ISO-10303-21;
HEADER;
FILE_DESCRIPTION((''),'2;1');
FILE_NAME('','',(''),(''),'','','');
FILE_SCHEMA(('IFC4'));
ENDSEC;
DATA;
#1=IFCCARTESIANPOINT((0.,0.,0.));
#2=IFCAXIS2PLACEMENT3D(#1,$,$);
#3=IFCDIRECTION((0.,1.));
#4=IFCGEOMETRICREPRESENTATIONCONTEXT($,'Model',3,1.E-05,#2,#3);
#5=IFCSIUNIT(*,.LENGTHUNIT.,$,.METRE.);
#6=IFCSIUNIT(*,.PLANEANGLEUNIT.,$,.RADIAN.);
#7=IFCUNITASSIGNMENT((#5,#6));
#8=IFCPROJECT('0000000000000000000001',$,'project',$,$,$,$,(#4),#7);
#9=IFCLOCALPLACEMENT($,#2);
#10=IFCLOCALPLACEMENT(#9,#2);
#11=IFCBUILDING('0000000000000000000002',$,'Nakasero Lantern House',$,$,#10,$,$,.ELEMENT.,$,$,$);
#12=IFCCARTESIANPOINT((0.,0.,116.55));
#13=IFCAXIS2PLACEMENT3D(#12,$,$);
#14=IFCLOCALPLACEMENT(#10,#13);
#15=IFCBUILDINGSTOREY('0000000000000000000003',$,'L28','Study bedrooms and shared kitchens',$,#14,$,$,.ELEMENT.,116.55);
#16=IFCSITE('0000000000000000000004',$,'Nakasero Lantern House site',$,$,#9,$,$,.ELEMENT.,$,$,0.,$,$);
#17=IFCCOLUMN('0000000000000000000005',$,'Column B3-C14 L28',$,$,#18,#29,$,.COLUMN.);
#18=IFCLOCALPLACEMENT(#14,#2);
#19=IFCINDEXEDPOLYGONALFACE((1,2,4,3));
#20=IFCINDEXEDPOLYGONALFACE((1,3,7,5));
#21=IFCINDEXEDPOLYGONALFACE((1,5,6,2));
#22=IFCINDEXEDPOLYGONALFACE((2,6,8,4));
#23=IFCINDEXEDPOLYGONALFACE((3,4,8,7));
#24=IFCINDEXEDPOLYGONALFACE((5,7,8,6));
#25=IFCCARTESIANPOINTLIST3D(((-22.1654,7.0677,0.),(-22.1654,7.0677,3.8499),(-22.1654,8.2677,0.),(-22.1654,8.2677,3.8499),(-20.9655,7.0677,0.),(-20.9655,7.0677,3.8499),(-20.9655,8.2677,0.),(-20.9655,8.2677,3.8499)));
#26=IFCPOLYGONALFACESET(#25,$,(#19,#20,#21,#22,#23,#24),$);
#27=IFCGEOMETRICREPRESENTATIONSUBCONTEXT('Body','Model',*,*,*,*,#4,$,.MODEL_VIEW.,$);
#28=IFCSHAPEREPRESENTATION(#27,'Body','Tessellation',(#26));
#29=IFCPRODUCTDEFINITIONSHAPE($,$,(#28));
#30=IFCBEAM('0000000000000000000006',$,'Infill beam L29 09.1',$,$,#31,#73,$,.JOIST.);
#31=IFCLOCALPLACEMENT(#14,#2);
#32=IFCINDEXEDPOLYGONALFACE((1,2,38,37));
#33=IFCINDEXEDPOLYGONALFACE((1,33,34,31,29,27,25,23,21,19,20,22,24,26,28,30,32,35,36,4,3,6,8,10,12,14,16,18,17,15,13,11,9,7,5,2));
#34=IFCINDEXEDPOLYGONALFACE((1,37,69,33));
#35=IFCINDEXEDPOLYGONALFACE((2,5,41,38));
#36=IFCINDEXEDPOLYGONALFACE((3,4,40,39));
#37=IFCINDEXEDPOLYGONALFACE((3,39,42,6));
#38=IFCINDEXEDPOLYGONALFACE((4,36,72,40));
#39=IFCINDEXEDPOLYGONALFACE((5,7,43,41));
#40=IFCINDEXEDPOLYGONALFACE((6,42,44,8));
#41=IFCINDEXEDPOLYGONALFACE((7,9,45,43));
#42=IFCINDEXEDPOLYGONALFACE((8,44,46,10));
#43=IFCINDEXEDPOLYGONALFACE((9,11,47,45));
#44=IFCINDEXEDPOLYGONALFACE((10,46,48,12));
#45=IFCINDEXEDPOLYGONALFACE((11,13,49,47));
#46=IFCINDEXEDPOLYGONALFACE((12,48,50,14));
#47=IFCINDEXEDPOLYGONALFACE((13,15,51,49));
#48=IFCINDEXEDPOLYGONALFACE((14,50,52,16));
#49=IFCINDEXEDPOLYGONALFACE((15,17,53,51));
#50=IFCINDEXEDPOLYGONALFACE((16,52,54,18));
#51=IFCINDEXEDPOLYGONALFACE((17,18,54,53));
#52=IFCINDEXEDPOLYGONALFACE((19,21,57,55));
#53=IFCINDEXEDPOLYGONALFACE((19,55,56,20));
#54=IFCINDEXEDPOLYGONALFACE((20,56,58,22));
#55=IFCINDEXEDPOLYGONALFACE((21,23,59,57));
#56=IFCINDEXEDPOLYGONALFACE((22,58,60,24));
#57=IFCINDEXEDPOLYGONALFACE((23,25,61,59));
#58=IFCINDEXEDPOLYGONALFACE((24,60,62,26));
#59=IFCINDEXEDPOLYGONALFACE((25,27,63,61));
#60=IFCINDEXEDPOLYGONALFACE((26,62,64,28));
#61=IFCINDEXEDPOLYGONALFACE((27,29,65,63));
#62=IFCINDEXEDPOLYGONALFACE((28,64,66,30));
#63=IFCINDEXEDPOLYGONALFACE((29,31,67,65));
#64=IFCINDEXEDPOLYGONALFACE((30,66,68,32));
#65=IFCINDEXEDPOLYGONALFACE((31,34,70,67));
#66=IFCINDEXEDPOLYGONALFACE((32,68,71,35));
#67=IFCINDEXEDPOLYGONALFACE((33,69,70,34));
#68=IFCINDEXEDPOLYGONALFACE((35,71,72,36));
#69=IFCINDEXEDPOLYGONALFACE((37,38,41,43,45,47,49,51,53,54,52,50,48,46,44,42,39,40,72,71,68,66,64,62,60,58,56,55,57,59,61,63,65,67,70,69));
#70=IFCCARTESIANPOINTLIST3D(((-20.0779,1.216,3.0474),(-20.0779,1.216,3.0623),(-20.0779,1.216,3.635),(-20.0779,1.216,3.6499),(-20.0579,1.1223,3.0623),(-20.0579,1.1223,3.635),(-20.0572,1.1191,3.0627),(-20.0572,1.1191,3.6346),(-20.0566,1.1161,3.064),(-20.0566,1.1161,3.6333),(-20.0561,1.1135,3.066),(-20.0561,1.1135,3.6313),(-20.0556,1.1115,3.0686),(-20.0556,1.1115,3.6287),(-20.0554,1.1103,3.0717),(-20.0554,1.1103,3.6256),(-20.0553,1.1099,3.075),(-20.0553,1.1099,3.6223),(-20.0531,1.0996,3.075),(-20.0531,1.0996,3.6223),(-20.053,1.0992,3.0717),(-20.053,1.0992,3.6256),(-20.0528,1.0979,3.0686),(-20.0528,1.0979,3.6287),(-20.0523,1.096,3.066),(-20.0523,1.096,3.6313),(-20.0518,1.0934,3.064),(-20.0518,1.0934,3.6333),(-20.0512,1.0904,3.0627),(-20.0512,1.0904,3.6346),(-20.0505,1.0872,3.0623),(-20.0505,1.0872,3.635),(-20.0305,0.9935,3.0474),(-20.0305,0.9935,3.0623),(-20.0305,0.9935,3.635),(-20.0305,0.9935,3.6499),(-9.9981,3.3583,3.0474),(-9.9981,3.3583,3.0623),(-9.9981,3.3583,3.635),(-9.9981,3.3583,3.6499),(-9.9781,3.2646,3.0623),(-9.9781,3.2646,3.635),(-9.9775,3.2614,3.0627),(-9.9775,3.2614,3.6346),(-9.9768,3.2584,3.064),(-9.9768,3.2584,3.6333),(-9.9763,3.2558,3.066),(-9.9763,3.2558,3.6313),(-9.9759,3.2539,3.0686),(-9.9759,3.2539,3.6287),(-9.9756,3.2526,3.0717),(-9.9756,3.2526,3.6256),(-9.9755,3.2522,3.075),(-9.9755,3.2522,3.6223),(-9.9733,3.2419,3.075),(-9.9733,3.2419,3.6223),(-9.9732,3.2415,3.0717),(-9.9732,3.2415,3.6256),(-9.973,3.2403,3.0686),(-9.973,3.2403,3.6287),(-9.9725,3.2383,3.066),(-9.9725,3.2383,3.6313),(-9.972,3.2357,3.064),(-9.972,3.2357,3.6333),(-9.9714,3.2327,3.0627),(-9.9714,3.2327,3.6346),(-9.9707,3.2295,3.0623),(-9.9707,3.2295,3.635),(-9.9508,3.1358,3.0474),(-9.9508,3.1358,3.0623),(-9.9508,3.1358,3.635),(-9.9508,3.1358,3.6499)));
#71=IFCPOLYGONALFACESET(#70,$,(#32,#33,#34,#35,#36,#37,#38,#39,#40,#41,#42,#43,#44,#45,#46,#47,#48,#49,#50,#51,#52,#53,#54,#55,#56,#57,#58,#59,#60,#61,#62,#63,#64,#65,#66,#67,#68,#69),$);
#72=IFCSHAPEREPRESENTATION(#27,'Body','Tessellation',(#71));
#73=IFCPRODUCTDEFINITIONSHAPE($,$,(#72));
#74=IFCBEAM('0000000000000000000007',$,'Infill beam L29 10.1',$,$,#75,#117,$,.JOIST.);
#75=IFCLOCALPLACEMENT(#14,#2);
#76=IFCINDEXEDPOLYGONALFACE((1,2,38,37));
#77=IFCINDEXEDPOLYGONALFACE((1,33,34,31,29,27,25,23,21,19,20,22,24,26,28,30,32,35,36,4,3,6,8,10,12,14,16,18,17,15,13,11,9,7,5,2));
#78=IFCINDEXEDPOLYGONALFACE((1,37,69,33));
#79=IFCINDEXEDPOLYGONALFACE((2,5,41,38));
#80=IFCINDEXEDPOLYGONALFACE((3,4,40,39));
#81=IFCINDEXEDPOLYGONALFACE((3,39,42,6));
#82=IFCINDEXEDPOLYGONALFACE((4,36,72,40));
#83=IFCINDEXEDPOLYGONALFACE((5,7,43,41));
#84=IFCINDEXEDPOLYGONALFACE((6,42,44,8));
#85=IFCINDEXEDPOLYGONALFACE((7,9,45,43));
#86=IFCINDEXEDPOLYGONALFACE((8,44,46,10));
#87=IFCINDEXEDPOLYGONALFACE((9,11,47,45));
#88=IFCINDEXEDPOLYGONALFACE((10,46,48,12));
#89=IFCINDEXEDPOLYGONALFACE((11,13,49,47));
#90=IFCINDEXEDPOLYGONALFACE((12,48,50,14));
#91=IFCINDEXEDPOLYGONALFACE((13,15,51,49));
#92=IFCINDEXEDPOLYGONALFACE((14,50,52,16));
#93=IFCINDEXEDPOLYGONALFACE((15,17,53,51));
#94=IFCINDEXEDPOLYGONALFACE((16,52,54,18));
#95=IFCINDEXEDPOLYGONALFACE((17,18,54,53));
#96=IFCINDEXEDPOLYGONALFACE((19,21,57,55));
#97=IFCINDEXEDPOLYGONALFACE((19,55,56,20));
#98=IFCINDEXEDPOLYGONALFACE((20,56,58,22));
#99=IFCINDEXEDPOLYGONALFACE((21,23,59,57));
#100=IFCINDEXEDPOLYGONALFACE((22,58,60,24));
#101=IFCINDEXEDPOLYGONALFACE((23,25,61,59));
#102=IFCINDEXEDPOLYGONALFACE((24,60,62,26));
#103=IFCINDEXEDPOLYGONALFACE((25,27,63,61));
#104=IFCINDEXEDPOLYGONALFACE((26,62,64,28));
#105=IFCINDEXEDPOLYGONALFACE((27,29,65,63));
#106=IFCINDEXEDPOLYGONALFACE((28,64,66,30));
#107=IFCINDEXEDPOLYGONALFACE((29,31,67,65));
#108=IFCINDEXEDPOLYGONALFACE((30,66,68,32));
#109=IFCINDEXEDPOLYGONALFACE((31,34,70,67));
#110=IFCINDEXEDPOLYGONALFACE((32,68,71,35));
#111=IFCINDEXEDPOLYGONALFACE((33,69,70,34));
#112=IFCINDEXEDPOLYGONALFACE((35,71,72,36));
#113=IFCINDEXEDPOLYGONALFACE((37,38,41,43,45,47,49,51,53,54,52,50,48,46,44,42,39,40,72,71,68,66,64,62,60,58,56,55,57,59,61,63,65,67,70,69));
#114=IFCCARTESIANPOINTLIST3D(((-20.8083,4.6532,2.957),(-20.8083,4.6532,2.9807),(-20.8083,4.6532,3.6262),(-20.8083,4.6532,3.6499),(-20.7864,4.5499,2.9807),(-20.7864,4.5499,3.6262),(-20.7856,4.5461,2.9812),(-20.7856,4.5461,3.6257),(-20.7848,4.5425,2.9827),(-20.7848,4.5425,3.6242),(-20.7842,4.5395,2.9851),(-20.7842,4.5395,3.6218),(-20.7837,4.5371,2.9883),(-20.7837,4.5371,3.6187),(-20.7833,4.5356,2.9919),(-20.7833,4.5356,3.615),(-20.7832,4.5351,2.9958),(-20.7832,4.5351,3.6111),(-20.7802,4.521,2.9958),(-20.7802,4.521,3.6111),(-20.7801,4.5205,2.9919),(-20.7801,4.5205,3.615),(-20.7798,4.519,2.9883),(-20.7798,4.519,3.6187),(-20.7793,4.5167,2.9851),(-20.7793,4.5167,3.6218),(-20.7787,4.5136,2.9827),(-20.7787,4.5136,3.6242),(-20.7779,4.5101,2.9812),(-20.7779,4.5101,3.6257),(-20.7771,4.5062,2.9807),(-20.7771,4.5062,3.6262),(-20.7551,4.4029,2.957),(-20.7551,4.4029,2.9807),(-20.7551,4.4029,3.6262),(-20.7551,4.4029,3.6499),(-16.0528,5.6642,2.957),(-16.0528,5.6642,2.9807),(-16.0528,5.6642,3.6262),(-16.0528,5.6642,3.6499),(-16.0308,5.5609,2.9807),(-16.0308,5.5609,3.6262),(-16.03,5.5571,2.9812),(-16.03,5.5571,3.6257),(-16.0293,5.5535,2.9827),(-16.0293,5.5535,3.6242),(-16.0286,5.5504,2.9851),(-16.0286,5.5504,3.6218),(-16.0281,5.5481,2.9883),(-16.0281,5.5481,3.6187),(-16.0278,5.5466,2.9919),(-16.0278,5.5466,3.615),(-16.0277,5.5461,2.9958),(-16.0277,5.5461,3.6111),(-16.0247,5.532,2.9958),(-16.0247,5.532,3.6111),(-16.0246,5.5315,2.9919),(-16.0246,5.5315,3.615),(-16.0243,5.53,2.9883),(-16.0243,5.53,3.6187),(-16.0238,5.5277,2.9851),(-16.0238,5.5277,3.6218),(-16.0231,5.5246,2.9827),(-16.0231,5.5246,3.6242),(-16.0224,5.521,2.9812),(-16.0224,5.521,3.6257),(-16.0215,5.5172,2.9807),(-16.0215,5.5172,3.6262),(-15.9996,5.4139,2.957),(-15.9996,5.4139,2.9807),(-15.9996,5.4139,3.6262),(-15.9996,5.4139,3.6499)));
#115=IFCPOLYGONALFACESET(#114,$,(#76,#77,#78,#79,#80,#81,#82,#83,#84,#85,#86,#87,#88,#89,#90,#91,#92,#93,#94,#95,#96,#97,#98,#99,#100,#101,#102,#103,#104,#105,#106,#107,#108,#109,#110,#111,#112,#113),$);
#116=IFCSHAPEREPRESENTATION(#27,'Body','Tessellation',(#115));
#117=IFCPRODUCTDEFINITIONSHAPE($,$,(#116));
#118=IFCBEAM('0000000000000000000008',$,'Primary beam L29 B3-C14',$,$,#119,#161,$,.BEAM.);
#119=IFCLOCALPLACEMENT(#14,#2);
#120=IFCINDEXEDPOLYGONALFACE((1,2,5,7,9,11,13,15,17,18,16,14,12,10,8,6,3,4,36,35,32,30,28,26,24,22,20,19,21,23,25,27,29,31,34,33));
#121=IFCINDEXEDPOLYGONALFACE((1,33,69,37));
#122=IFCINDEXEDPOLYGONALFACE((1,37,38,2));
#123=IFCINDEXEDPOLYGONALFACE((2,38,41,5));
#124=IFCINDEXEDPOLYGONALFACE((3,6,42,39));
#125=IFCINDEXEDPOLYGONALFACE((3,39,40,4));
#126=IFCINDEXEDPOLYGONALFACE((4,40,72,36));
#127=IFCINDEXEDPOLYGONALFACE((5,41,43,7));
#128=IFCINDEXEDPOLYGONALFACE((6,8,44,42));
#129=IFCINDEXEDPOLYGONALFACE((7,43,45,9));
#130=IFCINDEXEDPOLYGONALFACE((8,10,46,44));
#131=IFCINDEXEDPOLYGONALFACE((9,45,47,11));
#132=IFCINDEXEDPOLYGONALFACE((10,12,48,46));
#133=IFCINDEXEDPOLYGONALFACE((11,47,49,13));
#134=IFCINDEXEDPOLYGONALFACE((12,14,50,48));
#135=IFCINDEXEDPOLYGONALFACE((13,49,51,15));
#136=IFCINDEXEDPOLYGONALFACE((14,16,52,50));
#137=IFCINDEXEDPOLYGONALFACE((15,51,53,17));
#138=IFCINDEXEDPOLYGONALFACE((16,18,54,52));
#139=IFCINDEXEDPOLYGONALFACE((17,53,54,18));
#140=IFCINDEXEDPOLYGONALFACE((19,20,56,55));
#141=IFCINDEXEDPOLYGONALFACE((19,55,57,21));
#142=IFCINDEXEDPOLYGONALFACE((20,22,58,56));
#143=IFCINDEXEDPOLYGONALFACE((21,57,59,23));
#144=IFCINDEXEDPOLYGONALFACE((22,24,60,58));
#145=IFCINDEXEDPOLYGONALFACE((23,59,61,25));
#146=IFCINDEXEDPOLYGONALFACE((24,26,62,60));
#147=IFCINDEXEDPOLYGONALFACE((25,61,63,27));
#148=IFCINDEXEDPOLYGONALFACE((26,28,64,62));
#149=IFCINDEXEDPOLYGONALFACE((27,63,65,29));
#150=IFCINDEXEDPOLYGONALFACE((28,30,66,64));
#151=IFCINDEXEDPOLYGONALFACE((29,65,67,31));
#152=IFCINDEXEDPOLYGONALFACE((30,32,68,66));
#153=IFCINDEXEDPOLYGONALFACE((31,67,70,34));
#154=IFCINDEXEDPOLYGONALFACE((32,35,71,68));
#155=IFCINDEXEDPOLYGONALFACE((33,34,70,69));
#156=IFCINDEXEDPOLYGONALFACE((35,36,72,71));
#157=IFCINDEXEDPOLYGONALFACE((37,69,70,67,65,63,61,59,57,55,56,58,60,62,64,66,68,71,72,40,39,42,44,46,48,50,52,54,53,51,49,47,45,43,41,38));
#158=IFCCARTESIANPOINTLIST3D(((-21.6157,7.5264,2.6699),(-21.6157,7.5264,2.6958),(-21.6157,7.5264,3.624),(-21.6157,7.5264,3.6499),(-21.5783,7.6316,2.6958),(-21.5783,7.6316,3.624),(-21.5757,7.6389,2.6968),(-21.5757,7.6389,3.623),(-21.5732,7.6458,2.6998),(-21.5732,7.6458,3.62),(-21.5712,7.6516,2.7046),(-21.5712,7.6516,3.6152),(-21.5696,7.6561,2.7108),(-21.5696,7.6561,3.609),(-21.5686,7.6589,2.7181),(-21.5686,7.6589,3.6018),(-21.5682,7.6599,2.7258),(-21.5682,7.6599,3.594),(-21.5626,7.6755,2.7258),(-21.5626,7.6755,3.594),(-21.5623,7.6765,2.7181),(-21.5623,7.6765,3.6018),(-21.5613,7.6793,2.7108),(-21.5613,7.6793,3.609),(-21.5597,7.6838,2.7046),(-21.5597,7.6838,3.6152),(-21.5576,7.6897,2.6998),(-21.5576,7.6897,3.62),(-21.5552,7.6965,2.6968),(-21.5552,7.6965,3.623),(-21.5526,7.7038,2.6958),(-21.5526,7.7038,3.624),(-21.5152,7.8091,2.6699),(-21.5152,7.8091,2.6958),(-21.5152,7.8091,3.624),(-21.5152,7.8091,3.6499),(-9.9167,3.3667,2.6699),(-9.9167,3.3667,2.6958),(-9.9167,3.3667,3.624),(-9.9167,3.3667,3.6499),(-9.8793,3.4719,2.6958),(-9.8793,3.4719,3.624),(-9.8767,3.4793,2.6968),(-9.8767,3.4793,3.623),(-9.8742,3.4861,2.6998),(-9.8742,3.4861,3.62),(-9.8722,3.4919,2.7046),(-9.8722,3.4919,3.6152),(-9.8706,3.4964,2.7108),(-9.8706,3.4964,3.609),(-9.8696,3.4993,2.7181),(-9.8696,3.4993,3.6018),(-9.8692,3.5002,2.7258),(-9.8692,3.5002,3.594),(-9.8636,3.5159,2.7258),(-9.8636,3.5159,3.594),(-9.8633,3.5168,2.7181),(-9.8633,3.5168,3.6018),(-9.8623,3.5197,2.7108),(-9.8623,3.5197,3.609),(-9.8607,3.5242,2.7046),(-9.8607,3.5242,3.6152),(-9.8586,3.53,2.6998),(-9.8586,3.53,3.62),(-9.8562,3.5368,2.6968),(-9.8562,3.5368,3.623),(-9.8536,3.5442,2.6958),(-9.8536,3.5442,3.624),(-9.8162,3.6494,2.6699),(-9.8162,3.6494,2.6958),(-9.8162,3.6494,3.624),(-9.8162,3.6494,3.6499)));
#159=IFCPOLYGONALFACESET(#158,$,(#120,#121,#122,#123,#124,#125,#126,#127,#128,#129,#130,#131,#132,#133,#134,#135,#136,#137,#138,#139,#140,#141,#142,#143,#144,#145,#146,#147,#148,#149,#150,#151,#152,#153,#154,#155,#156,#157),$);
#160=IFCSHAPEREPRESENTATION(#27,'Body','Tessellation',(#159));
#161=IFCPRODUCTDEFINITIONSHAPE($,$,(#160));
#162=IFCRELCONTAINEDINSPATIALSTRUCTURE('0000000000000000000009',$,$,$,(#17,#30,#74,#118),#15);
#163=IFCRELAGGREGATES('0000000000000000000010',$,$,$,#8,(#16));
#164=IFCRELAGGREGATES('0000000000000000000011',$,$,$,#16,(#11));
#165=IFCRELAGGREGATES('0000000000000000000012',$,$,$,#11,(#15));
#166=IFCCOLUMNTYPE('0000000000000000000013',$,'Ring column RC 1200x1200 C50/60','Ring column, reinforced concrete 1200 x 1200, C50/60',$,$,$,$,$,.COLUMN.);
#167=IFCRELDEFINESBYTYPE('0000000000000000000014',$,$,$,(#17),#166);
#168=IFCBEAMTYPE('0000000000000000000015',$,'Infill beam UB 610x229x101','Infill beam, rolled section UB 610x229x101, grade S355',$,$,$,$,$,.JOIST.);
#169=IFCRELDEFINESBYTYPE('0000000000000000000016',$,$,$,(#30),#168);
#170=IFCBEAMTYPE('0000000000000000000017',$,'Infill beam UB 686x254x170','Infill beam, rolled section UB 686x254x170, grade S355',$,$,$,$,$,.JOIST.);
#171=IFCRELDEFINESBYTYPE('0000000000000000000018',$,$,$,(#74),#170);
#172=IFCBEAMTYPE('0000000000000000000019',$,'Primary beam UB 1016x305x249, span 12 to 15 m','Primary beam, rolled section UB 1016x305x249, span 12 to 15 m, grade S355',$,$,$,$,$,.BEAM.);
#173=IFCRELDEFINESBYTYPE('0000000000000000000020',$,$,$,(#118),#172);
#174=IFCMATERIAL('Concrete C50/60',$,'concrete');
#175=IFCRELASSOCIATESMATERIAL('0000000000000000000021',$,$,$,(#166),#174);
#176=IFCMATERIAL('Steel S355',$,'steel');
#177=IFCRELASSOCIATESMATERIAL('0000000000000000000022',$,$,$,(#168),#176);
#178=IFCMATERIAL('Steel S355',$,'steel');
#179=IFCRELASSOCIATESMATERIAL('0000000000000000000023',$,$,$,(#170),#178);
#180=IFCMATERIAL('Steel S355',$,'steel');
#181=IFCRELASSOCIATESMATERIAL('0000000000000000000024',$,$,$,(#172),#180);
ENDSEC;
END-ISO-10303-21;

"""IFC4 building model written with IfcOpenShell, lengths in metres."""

from ifc_helpers import new_model, si_unit, direction, frame, origin, origin_2d, place, context, subcontext, project, spatial, rectangle, i_section, extrude, material, material_profile, profile_set, type_object, element, save


model = new_model("IFC4")

# Units and contexts
model_context = context("Model", 3, precision=1e-05, world=origin(), true_north=direction((0.0, 1.0)))
body_context = subcontext(model_context, "Body", "Model", "MODEL_VIEW")
ifc_project = project(units=[si_unit("LENGTHUNIT", "METRE"), si_unit("PLANEANGLEUNIT", "RADIAN")], contexts=[model_context])

# Site, building, storey
site_placement = place(None, origin())
site = spatial("IfcSite", under=ifc_project, at=site_placement, Name="Nakasero Lantern House site", CompositionType="ELEMENT", RefElevation=0.0)
building_placement = place(site_placement, origin())
building = spatial("IfcBuilding", under=site, at=building_placement, Name="Nakasero Lantern House", CompositionType="ELEMENT")
storey_placement = place(building_placement, frame((0.0, 0.0, 116.55)))
storey = spatial("IfcBuildingStorey", under=building, at=storey_placement, Name="L28", Description="Study bedrooms and shared kitchens", CompositionType="ELEMENT", Elevation=116.55)

# Column
ifc_material_1 = material(Name="Concrete C50/60", Category="concrete")
ifc_material_profile_1 = material_profile(ifc_material_1, rectangle(XDim=1.2, YDim=1.2, at=origin_2d()), Name="RC 1200x1200")
ifc_profile_set_1 = profile_set([ifc_material_profile_1], Name="Concrete C50/60")
column_type = type_object("IfcColumnType", Name="Ring column RC 1200x1200 C50/60", Description="Ring column, reinforced concrete 1200 x 1200, C50/60", PredefinedType="COLUMN", material=ifc_profile_set_1)
column_placement = place(storey_placement, frame((-21.5654, 7.6677, 0.0), z_axis=(0.0, 0.0, 1.0), x_axis=(1.0, 0.0, 0.0)))
element("IfcColumn", 1, at=column_placement, inside=storey, type_object=column_type, Name="Column B3-C14 L28", PredefinedType="COLUMN", context=body_context, shape_type="SweptSolid", body=[
    extrude(rectangle(XDim=1.2, YDim=1.2, at=origin_2d()), origin(), (0.0, 0.0, 1.0), 3.8499),
])

# Beams
ifc_material_2 = material(Name="Steel S355", Category="steel")
ifc_material_profile_2 = material_profile(ifc_material_2, i_section(OverallWidth=0.2275, OverallDepth=0.6025, WebThickness=0.0105, FlangeThickness=0.0149, FilletRadius=0.0127, at=origin_2d()), Name="UB 610x229x101")
ifc_profile_set_2 = profile_set([ifc_material_profile_2], Name="Steel S355")
beam_type_1 = type_object("IfcBeamType", Name="Infill beam UB 610x229x101", Description="Infill beam, rolled section UB 610x229x101, grade S355", PredefinedType="JOIST", material=ifc_profile_set_2)
beam_1_placement = place(storey_placement, frame((-20.0542, 1.1047, 3.3486), z_axis=(0.978152, 0.207893, 0.0), x_axis=(-0.207893, 0.978152, 0.0)))
element("IfcBeam", 2, at=beam_1_placement, inside=storey, type_object=beam_type_1, Name="Infill beam L29 09.1", PredefinedType="JOIST", context=body_context, shape_type="SweptSolid", body=[
    extrude(i_section(OverallWidth=0.2275, OverallDepth=0.6025, WebThickness=0.0105, FlangeThickness=0.0149, FilletRadius=0.0127, at=origin_2d()), origin(), (0.0, 0.0, 1.0), 10.3049),
])
ifc_material_3 = material(Name="Steel S355", Category="steel")
ifc_material_profile_3 = material_profile(ifc_material_3, i_section(OverallWidth=0.2559, OverallDepth=0.6929, WebThickness=0.0144, FlangeThickness=0.0237, FilletRadius=0.0151, at=origin_2d()), Name="UB 686x254x170")
ifc_profile_set_3 = profile_set([ifc_material_profile_3], Name="Steel S355")
beam_type_2 = type_object("IfcBeamType", Name="Infill beam UB 686x254x170", Description="Infill beam, rolled section UB 686x254x170, grade S355", PredefinedType="JOIST", material=ifc_profile_set_3)
beam_2_placement = place(storey_placement, frame((-20.7817, 4.5281, 3.3035), z_axis=(0.978141, 0.207941, 0.0), x_axis=(-0.207941, 0.978141, 0.0)))
element("IfcBeam", 3, at=beam_2_placement, inside=storey, type_object=beam_type_2, Name="Infill beam L29 10.1", PredefinedType="JOIST", context=body_context, shape_type="SweptSolid", body=[
    extrude(i_section(OverallWidth=0.2559, OverallDepth=0.6929, WebThickness=0.0144, FlangeThickness=0.0237, FilletRadius=0.0151, at=origin_2d()), origin(), (0.0, 0.0, 1.0), 4.8618),
])
ifc_material_4 = material(Name="Steel S355", Category="steel")
ifc_material_profile_4 = material_profile(ifc_material_4, i_section(OverallWidth=0.3, OverallDepth=0.98, WebThickness=0.0166, FlangeThickness=0.0259, FilletRadius=0.03, at=origin_2d()), Name="UB 1016x305x249")
ifc_profile_set_4 = profile_set([ifc_material_profile_4], Name="Steel S355")
beam_type_3 = type_object("IfcBeamType", Name="Primary beam UB 1016x305x249, span 12 to 15 m", Description="Primary beam, rolled section UB 1016x305x249, span 12 to 15 m, grade S355", PredefinedType="BEAM", material=ifc_profile_set_4)
beam_3_placement = place(storey_placement, frame((-21.5654, 7.6677, 3.1599), z_axis=(0.942214, -0.335012, 0.0), x_axis=(0.335012, 0.942214, 0.0)))
element("IfcBeam", 4, at=beam_3_placement, inside=storey, type_object=beam_type_3, Name="Primary beam L29 B3-C14", PredefinedType="BEAM", context=body_context, shape_type="SweptSolid", body=[
    extrude(i_section(OverallWidth=0.3, OverallDepth=0.98, WebThickness=0.0166, FlangeThickness=0.0259, FilletRadius=0.03, at=origin_2d()), origin(), (0.0, 0.0, 1.0), 12.4165),
])

save(model, "model.ifc")
